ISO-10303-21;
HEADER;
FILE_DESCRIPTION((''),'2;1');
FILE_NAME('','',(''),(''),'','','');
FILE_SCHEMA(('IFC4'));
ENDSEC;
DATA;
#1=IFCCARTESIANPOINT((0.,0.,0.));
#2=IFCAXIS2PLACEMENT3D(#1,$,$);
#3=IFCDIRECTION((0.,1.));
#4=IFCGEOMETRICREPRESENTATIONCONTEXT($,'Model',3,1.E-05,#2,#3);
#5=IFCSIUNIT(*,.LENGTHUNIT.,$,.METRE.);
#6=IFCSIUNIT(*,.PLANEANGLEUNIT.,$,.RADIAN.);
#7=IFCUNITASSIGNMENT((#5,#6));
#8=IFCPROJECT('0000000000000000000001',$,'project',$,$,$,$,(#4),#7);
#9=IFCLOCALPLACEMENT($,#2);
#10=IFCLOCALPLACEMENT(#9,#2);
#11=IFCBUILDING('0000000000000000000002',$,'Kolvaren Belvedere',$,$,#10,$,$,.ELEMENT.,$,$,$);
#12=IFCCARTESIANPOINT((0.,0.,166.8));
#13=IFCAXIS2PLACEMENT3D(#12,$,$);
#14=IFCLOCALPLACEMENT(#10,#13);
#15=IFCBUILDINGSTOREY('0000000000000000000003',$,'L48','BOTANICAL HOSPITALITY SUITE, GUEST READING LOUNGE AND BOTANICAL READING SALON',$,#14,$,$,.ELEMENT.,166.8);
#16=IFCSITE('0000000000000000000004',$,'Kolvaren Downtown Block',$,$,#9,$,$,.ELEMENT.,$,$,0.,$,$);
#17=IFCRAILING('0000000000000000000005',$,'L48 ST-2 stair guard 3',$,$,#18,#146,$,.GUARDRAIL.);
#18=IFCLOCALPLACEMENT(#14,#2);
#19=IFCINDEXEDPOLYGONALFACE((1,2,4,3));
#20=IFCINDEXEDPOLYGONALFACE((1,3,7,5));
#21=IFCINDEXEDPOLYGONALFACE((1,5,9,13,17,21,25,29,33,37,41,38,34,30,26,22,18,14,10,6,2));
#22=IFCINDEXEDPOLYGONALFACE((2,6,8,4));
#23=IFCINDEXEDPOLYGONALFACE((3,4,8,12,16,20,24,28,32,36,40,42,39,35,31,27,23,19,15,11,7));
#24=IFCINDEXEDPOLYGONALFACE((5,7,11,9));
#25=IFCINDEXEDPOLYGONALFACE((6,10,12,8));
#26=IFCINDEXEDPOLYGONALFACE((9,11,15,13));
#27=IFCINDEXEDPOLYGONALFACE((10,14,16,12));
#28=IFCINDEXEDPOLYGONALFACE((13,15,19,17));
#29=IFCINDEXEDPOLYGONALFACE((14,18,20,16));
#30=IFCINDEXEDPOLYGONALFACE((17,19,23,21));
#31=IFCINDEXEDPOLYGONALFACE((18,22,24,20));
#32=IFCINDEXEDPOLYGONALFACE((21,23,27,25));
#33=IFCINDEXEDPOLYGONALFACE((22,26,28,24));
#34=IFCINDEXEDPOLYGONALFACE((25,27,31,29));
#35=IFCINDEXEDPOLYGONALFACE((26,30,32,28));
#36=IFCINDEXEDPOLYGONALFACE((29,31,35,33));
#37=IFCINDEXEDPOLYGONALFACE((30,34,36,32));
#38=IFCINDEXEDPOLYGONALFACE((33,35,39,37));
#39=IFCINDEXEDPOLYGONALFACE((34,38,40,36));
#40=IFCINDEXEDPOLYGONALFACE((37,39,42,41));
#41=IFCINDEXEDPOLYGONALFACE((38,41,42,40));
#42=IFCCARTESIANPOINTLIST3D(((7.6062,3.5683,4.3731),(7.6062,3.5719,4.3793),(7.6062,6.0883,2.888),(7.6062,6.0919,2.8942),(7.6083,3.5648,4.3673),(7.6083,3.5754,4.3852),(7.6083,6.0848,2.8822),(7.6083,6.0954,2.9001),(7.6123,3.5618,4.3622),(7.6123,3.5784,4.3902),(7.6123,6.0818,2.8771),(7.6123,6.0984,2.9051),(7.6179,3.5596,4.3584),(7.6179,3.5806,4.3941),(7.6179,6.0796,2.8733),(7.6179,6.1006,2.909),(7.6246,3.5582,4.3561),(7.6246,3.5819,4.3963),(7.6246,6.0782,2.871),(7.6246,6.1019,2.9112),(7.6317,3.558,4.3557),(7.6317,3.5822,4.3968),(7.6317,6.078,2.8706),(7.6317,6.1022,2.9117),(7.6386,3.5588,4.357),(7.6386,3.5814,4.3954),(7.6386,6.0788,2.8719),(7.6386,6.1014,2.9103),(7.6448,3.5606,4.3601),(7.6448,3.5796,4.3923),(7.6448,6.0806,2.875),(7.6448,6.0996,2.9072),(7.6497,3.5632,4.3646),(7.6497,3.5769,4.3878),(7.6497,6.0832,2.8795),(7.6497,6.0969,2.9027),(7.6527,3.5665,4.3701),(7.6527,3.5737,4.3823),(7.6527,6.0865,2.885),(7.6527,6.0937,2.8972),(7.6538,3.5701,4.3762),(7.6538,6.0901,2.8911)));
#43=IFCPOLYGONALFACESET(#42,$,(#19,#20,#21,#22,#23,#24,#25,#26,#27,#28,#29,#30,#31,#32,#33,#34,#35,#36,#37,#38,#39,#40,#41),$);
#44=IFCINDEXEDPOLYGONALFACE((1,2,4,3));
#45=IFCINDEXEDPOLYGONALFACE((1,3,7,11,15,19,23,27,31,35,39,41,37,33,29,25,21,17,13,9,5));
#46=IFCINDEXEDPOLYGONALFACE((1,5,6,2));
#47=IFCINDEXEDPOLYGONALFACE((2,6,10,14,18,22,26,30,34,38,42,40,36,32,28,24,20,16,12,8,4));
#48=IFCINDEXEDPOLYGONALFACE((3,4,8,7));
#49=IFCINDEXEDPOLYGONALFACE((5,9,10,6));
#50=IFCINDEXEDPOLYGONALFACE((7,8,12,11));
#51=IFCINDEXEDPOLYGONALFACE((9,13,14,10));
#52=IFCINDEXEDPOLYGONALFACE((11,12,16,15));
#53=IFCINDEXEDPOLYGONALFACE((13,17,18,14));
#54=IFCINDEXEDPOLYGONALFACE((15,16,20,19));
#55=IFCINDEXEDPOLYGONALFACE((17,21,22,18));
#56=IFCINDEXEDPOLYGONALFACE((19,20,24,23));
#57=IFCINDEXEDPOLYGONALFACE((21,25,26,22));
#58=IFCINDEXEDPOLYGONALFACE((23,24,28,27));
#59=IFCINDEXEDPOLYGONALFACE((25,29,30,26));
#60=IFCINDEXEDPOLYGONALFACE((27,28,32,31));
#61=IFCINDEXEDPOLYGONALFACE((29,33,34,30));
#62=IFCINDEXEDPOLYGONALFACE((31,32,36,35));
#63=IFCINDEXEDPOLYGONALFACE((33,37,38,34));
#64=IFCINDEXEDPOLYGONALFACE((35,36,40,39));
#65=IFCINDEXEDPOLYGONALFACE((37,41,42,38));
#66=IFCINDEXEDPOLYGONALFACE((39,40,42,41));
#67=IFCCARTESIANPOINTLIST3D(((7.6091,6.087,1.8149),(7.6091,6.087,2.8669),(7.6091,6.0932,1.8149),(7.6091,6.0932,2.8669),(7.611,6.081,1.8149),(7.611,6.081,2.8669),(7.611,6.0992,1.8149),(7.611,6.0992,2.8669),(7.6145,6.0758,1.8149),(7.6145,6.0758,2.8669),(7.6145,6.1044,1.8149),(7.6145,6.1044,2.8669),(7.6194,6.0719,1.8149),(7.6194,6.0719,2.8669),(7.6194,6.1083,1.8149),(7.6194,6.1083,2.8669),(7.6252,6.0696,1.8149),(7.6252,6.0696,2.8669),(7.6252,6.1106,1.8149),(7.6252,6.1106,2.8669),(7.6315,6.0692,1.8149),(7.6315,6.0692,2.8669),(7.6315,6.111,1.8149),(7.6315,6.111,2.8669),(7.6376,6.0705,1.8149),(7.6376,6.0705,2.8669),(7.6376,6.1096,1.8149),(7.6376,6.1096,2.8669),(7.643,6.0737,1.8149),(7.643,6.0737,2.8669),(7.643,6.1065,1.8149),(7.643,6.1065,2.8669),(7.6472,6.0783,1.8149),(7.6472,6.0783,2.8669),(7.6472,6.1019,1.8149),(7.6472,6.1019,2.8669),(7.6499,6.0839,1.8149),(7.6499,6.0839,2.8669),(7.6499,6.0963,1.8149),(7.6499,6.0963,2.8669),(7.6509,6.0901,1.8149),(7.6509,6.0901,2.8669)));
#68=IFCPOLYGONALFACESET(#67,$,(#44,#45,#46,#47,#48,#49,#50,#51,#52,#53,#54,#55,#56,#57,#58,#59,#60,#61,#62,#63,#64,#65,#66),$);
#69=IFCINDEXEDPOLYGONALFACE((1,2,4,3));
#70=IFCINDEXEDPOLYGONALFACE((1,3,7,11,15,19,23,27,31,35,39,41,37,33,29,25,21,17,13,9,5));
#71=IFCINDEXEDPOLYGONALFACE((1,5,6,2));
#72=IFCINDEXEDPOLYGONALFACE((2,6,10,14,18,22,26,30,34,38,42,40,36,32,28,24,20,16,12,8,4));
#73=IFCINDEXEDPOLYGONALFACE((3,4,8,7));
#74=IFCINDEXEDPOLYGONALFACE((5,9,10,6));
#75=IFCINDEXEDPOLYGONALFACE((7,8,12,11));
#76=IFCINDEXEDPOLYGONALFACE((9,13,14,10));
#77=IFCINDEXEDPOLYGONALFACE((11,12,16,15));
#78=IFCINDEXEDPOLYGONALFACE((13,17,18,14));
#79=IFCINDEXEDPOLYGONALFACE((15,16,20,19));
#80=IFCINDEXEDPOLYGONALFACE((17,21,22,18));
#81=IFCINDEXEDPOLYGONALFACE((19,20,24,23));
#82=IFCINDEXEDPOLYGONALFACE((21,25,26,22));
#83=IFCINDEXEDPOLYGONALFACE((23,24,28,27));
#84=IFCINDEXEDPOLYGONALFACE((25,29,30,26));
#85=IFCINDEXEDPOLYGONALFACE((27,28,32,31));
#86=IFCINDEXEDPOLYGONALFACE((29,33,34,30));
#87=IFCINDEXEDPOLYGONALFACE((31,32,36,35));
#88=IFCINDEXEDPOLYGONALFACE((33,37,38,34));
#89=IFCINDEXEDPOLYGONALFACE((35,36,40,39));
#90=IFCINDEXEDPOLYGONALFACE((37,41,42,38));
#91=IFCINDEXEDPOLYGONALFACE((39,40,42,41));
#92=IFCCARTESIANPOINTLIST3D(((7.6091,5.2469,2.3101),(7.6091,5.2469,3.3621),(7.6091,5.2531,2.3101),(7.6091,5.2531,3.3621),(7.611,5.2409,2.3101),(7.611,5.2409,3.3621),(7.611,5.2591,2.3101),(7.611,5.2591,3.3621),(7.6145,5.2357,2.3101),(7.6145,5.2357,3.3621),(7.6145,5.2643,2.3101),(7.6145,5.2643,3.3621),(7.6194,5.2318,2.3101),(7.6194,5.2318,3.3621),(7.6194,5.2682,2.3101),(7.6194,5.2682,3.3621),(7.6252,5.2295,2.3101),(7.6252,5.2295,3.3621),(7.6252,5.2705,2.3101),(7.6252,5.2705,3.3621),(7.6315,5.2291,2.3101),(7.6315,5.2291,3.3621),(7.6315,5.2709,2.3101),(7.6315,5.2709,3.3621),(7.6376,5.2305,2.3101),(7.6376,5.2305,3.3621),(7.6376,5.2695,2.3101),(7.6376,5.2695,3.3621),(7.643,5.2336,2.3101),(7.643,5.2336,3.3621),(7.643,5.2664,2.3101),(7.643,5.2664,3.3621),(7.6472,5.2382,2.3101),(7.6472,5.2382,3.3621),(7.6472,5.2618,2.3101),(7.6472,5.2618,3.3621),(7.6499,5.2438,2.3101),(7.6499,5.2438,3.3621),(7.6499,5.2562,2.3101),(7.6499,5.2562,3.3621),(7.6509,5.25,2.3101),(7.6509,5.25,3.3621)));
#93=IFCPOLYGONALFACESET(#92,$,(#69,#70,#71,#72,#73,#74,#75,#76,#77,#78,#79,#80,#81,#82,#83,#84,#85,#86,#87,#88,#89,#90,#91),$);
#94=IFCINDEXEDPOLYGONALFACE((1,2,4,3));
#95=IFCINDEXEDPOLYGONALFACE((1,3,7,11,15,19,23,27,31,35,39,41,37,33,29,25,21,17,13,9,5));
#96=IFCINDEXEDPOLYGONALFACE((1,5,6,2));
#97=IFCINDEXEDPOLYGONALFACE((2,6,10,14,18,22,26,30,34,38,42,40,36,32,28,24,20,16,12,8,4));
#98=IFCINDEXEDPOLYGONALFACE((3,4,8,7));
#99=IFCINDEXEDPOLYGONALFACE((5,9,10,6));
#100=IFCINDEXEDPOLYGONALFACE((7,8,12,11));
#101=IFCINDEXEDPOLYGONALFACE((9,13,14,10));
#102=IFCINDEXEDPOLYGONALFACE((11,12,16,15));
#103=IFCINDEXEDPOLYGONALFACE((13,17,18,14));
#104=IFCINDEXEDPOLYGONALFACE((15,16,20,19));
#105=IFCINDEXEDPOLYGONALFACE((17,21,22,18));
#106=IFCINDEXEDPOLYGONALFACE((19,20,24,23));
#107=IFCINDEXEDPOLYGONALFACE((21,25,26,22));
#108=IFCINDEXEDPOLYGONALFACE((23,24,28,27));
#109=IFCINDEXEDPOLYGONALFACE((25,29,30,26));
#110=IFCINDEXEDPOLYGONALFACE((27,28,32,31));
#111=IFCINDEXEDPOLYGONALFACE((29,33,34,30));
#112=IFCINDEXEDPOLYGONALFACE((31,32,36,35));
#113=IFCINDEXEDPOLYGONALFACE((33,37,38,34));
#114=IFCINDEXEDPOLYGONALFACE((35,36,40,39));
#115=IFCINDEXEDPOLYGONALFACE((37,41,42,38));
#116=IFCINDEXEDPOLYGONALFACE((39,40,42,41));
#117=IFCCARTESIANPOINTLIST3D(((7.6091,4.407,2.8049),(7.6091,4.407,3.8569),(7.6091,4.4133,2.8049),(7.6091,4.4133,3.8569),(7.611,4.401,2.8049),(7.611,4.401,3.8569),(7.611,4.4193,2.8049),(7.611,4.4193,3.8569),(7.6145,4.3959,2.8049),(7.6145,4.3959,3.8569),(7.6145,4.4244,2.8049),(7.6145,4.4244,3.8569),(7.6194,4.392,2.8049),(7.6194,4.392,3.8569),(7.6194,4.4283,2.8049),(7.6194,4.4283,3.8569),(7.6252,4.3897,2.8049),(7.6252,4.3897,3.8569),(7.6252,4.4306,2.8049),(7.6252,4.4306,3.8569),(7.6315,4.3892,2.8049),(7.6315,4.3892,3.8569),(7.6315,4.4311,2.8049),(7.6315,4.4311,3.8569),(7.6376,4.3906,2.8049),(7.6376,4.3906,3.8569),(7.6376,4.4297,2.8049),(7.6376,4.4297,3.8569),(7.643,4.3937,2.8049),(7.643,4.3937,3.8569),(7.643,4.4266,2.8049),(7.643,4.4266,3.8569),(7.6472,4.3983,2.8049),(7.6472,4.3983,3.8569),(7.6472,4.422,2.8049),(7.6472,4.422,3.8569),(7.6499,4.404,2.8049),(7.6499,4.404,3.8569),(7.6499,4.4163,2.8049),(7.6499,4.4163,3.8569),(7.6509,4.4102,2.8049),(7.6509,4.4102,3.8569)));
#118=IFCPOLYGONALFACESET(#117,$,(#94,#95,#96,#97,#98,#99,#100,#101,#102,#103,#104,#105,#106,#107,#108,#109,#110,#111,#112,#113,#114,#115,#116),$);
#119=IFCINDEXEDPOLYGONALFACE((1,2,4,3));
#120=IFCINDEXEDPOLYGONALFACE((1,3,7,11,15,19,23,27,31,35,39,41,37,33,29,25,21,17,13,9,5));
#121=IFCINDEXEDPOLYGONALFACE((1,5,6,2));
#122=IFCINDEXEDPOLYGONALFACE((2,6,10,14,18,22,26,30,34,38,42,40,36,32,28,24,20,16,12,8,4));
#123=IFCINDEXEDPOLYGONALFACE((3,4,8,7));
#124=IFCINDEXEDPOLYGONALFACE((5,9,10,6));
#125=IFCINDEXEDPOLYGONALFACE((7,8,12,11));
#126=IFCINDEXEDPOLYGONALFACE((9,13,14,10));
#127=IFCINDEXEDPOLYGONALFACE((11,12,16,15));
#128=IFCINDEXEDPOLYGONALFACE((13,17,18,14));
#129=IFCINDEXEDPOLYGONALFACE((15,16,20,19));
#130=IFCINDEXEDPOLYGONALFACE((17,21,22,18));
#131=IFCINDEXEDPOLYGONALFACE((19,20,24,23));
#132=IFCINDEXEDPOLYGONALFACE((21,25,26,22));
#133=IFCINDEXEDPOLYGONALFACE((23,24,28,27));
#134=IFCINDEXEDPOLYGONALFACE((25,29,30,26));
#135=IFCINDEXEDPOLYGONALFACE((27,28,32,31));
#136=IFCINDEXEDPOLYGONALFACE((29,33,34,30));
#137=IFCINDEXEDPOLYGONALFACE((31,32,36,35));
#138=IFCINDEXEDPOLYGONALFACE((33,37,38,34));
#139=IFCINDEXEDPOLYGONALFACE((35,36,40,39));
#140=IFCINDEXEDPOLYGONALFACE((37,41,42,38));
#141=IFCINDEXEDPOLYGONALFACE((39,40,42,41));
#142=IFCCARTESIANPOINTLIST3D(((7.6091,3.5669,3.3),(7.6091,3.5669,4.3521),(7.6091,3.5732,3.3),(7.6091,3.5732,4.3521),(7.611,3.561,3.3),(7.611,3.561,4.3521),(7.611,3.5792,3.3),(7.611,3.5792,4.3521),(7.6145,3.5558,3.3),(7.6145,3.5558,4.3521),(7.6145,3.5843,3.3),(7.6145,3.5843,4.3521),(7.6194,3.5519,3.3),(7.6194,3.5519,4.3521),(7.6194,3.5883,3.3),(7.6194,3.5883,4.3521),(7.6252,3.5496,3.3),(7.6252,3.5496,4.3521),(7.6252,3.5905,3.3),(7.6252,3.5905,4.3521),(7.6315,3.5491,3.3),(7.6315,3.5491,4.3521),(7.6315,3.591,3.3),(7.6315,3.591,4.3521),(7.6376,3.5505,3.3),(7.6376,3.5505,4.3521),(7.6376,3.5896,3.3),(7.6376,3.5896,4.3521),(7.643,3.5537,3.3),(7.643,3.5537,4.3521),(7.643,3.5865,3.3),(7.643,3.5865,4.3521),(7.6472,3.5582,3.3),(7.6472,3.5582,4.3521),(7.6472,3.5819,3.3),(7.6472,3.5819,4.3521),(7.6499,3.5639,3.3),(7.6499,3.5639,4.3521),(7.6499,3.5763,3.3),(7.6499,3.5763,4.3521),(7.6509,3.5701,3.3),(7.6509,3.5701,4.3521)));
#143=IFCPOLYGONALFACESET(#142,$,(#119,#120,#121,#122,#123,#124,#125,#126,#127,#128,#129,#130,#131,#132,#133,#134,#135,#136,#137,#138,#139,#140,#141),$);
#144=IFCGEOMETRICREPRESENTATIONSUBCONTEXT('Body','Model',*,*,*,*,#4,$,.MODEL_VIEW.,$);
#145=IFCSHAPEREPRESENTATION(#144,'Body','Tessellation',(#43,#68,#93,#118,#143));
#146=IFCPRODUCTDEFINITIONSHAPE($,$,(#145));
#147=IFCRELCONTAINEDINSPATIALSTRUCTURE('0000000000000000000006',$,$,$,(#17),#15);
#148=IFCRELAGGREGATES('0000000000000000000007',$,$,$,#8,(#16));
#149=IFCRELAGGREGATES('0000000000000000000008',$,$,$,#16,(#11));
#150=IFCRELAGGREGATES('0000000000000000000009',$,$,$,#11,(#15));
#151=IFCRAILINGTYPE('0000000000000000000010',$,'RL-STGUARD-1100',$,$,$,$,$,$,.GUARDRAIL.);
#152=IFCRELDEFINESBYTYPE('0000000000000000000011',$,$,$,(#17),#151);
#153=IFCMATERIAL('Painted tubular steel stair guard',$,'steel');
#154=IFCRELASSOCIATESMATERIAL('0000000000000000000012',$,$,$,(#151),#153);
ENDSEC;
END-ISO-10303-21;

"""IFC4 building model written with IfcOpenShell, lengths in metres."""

from ifc_helpers import new_model, si_unit, direction, frame, origin, origin_2d, place, context, subcontext, project, spatial, circle, extrude, material, type_object, element, save


model = new_model("IFC4")

# Units and contexts
model_context = context("Model", 3, precision=1e-05, world=origin(), true_north=direction((0.0, 1.0)))
body_context = subcontext(model_context, "Body", "Model", "MODEL_VIEW")
ifc_project = project(units=[si_unit("LENGTHUNIT", "METRE"), si_unit("PLANEANGLEUNIT", "RADIAN")], contexts=[model_context])

# Site, building, storey
site_placement = place(None, origin())
site = spatial("IfcSite", under=ifc_project, at=site_placement, Name="Kolvaren Downtown Block", CompositionType="ELEMENT", RefElevation=0.0)
building_placement = place(site_placement, origin())
building = spatial("IfcBuilding", under=site, at=building_placement, Name="Kolvaren Belvedere", CompositionType="ELEMENT")
storey_placement = place(building_placement, frame((0.0, 0.0, 166.8)))
storey = spatial("IfcBuildingStorey", under=building, at=storey_placement, Name="L48", Description="BOTANICAL HOSPITALITY SUITE, GUEST READING LOUNGE AND BOTANICAL READING SALON", CompositionType="ELEMENT", Elevation=166.8)

# Railing
ifc_material_1 = material(Name="Painted tubular steel stair guard", Category="steel")
railing_type_1 = type_object("IfcRailingType", Name="RL-STGUARD-1100", PredefinedType="GUARDRAIL", material=ifc_material_1)
railing_1_placement = place(storey_placement, frame((7.6299, 6.0901, 1.8149)))
element("IfcRailing", 1, at=railing_1_placement, inside=storey, type_object=railing_type_1, Name="L48 ST-2 stair guard 3", PredefinedType="GUARDRAIL", context=body_context, shape_type="SweptSolid", body=[
    extrude(circle(Radius=0.0239, at=origin_2d()), frame((0.0, 0.0, 1.0762), z_axis=(0.0, -0.861524, 0.507717), x_axis=(1.0, 0.0, 0.0)), (0.0, 0.0, 1.0), 2.925),
    extrude(circle(Radius=0.021, at=origin_2d()), origin(), (0.0, 0.0, 1.0), 1.052),
    extrude(circle(Radius=0.021, at=origin_2d()), frame((0.0, -0.8401, 0.4951)), (0.0, 0.0, 1.0), 1.052),
    extrude(circle(Radius=0.021, at=origin_2d()), frame((0.0, -1.6799, 0.99)), (0.0, 0.0, 1.0), 1.052),
    extrude(circle(Radius=0.021, at=origin_2d()), frame((0.0, -2.52, 1.4851)), (0.0, 0.0, 1.0), 1.052),
])

save(model, "model.ifc")
